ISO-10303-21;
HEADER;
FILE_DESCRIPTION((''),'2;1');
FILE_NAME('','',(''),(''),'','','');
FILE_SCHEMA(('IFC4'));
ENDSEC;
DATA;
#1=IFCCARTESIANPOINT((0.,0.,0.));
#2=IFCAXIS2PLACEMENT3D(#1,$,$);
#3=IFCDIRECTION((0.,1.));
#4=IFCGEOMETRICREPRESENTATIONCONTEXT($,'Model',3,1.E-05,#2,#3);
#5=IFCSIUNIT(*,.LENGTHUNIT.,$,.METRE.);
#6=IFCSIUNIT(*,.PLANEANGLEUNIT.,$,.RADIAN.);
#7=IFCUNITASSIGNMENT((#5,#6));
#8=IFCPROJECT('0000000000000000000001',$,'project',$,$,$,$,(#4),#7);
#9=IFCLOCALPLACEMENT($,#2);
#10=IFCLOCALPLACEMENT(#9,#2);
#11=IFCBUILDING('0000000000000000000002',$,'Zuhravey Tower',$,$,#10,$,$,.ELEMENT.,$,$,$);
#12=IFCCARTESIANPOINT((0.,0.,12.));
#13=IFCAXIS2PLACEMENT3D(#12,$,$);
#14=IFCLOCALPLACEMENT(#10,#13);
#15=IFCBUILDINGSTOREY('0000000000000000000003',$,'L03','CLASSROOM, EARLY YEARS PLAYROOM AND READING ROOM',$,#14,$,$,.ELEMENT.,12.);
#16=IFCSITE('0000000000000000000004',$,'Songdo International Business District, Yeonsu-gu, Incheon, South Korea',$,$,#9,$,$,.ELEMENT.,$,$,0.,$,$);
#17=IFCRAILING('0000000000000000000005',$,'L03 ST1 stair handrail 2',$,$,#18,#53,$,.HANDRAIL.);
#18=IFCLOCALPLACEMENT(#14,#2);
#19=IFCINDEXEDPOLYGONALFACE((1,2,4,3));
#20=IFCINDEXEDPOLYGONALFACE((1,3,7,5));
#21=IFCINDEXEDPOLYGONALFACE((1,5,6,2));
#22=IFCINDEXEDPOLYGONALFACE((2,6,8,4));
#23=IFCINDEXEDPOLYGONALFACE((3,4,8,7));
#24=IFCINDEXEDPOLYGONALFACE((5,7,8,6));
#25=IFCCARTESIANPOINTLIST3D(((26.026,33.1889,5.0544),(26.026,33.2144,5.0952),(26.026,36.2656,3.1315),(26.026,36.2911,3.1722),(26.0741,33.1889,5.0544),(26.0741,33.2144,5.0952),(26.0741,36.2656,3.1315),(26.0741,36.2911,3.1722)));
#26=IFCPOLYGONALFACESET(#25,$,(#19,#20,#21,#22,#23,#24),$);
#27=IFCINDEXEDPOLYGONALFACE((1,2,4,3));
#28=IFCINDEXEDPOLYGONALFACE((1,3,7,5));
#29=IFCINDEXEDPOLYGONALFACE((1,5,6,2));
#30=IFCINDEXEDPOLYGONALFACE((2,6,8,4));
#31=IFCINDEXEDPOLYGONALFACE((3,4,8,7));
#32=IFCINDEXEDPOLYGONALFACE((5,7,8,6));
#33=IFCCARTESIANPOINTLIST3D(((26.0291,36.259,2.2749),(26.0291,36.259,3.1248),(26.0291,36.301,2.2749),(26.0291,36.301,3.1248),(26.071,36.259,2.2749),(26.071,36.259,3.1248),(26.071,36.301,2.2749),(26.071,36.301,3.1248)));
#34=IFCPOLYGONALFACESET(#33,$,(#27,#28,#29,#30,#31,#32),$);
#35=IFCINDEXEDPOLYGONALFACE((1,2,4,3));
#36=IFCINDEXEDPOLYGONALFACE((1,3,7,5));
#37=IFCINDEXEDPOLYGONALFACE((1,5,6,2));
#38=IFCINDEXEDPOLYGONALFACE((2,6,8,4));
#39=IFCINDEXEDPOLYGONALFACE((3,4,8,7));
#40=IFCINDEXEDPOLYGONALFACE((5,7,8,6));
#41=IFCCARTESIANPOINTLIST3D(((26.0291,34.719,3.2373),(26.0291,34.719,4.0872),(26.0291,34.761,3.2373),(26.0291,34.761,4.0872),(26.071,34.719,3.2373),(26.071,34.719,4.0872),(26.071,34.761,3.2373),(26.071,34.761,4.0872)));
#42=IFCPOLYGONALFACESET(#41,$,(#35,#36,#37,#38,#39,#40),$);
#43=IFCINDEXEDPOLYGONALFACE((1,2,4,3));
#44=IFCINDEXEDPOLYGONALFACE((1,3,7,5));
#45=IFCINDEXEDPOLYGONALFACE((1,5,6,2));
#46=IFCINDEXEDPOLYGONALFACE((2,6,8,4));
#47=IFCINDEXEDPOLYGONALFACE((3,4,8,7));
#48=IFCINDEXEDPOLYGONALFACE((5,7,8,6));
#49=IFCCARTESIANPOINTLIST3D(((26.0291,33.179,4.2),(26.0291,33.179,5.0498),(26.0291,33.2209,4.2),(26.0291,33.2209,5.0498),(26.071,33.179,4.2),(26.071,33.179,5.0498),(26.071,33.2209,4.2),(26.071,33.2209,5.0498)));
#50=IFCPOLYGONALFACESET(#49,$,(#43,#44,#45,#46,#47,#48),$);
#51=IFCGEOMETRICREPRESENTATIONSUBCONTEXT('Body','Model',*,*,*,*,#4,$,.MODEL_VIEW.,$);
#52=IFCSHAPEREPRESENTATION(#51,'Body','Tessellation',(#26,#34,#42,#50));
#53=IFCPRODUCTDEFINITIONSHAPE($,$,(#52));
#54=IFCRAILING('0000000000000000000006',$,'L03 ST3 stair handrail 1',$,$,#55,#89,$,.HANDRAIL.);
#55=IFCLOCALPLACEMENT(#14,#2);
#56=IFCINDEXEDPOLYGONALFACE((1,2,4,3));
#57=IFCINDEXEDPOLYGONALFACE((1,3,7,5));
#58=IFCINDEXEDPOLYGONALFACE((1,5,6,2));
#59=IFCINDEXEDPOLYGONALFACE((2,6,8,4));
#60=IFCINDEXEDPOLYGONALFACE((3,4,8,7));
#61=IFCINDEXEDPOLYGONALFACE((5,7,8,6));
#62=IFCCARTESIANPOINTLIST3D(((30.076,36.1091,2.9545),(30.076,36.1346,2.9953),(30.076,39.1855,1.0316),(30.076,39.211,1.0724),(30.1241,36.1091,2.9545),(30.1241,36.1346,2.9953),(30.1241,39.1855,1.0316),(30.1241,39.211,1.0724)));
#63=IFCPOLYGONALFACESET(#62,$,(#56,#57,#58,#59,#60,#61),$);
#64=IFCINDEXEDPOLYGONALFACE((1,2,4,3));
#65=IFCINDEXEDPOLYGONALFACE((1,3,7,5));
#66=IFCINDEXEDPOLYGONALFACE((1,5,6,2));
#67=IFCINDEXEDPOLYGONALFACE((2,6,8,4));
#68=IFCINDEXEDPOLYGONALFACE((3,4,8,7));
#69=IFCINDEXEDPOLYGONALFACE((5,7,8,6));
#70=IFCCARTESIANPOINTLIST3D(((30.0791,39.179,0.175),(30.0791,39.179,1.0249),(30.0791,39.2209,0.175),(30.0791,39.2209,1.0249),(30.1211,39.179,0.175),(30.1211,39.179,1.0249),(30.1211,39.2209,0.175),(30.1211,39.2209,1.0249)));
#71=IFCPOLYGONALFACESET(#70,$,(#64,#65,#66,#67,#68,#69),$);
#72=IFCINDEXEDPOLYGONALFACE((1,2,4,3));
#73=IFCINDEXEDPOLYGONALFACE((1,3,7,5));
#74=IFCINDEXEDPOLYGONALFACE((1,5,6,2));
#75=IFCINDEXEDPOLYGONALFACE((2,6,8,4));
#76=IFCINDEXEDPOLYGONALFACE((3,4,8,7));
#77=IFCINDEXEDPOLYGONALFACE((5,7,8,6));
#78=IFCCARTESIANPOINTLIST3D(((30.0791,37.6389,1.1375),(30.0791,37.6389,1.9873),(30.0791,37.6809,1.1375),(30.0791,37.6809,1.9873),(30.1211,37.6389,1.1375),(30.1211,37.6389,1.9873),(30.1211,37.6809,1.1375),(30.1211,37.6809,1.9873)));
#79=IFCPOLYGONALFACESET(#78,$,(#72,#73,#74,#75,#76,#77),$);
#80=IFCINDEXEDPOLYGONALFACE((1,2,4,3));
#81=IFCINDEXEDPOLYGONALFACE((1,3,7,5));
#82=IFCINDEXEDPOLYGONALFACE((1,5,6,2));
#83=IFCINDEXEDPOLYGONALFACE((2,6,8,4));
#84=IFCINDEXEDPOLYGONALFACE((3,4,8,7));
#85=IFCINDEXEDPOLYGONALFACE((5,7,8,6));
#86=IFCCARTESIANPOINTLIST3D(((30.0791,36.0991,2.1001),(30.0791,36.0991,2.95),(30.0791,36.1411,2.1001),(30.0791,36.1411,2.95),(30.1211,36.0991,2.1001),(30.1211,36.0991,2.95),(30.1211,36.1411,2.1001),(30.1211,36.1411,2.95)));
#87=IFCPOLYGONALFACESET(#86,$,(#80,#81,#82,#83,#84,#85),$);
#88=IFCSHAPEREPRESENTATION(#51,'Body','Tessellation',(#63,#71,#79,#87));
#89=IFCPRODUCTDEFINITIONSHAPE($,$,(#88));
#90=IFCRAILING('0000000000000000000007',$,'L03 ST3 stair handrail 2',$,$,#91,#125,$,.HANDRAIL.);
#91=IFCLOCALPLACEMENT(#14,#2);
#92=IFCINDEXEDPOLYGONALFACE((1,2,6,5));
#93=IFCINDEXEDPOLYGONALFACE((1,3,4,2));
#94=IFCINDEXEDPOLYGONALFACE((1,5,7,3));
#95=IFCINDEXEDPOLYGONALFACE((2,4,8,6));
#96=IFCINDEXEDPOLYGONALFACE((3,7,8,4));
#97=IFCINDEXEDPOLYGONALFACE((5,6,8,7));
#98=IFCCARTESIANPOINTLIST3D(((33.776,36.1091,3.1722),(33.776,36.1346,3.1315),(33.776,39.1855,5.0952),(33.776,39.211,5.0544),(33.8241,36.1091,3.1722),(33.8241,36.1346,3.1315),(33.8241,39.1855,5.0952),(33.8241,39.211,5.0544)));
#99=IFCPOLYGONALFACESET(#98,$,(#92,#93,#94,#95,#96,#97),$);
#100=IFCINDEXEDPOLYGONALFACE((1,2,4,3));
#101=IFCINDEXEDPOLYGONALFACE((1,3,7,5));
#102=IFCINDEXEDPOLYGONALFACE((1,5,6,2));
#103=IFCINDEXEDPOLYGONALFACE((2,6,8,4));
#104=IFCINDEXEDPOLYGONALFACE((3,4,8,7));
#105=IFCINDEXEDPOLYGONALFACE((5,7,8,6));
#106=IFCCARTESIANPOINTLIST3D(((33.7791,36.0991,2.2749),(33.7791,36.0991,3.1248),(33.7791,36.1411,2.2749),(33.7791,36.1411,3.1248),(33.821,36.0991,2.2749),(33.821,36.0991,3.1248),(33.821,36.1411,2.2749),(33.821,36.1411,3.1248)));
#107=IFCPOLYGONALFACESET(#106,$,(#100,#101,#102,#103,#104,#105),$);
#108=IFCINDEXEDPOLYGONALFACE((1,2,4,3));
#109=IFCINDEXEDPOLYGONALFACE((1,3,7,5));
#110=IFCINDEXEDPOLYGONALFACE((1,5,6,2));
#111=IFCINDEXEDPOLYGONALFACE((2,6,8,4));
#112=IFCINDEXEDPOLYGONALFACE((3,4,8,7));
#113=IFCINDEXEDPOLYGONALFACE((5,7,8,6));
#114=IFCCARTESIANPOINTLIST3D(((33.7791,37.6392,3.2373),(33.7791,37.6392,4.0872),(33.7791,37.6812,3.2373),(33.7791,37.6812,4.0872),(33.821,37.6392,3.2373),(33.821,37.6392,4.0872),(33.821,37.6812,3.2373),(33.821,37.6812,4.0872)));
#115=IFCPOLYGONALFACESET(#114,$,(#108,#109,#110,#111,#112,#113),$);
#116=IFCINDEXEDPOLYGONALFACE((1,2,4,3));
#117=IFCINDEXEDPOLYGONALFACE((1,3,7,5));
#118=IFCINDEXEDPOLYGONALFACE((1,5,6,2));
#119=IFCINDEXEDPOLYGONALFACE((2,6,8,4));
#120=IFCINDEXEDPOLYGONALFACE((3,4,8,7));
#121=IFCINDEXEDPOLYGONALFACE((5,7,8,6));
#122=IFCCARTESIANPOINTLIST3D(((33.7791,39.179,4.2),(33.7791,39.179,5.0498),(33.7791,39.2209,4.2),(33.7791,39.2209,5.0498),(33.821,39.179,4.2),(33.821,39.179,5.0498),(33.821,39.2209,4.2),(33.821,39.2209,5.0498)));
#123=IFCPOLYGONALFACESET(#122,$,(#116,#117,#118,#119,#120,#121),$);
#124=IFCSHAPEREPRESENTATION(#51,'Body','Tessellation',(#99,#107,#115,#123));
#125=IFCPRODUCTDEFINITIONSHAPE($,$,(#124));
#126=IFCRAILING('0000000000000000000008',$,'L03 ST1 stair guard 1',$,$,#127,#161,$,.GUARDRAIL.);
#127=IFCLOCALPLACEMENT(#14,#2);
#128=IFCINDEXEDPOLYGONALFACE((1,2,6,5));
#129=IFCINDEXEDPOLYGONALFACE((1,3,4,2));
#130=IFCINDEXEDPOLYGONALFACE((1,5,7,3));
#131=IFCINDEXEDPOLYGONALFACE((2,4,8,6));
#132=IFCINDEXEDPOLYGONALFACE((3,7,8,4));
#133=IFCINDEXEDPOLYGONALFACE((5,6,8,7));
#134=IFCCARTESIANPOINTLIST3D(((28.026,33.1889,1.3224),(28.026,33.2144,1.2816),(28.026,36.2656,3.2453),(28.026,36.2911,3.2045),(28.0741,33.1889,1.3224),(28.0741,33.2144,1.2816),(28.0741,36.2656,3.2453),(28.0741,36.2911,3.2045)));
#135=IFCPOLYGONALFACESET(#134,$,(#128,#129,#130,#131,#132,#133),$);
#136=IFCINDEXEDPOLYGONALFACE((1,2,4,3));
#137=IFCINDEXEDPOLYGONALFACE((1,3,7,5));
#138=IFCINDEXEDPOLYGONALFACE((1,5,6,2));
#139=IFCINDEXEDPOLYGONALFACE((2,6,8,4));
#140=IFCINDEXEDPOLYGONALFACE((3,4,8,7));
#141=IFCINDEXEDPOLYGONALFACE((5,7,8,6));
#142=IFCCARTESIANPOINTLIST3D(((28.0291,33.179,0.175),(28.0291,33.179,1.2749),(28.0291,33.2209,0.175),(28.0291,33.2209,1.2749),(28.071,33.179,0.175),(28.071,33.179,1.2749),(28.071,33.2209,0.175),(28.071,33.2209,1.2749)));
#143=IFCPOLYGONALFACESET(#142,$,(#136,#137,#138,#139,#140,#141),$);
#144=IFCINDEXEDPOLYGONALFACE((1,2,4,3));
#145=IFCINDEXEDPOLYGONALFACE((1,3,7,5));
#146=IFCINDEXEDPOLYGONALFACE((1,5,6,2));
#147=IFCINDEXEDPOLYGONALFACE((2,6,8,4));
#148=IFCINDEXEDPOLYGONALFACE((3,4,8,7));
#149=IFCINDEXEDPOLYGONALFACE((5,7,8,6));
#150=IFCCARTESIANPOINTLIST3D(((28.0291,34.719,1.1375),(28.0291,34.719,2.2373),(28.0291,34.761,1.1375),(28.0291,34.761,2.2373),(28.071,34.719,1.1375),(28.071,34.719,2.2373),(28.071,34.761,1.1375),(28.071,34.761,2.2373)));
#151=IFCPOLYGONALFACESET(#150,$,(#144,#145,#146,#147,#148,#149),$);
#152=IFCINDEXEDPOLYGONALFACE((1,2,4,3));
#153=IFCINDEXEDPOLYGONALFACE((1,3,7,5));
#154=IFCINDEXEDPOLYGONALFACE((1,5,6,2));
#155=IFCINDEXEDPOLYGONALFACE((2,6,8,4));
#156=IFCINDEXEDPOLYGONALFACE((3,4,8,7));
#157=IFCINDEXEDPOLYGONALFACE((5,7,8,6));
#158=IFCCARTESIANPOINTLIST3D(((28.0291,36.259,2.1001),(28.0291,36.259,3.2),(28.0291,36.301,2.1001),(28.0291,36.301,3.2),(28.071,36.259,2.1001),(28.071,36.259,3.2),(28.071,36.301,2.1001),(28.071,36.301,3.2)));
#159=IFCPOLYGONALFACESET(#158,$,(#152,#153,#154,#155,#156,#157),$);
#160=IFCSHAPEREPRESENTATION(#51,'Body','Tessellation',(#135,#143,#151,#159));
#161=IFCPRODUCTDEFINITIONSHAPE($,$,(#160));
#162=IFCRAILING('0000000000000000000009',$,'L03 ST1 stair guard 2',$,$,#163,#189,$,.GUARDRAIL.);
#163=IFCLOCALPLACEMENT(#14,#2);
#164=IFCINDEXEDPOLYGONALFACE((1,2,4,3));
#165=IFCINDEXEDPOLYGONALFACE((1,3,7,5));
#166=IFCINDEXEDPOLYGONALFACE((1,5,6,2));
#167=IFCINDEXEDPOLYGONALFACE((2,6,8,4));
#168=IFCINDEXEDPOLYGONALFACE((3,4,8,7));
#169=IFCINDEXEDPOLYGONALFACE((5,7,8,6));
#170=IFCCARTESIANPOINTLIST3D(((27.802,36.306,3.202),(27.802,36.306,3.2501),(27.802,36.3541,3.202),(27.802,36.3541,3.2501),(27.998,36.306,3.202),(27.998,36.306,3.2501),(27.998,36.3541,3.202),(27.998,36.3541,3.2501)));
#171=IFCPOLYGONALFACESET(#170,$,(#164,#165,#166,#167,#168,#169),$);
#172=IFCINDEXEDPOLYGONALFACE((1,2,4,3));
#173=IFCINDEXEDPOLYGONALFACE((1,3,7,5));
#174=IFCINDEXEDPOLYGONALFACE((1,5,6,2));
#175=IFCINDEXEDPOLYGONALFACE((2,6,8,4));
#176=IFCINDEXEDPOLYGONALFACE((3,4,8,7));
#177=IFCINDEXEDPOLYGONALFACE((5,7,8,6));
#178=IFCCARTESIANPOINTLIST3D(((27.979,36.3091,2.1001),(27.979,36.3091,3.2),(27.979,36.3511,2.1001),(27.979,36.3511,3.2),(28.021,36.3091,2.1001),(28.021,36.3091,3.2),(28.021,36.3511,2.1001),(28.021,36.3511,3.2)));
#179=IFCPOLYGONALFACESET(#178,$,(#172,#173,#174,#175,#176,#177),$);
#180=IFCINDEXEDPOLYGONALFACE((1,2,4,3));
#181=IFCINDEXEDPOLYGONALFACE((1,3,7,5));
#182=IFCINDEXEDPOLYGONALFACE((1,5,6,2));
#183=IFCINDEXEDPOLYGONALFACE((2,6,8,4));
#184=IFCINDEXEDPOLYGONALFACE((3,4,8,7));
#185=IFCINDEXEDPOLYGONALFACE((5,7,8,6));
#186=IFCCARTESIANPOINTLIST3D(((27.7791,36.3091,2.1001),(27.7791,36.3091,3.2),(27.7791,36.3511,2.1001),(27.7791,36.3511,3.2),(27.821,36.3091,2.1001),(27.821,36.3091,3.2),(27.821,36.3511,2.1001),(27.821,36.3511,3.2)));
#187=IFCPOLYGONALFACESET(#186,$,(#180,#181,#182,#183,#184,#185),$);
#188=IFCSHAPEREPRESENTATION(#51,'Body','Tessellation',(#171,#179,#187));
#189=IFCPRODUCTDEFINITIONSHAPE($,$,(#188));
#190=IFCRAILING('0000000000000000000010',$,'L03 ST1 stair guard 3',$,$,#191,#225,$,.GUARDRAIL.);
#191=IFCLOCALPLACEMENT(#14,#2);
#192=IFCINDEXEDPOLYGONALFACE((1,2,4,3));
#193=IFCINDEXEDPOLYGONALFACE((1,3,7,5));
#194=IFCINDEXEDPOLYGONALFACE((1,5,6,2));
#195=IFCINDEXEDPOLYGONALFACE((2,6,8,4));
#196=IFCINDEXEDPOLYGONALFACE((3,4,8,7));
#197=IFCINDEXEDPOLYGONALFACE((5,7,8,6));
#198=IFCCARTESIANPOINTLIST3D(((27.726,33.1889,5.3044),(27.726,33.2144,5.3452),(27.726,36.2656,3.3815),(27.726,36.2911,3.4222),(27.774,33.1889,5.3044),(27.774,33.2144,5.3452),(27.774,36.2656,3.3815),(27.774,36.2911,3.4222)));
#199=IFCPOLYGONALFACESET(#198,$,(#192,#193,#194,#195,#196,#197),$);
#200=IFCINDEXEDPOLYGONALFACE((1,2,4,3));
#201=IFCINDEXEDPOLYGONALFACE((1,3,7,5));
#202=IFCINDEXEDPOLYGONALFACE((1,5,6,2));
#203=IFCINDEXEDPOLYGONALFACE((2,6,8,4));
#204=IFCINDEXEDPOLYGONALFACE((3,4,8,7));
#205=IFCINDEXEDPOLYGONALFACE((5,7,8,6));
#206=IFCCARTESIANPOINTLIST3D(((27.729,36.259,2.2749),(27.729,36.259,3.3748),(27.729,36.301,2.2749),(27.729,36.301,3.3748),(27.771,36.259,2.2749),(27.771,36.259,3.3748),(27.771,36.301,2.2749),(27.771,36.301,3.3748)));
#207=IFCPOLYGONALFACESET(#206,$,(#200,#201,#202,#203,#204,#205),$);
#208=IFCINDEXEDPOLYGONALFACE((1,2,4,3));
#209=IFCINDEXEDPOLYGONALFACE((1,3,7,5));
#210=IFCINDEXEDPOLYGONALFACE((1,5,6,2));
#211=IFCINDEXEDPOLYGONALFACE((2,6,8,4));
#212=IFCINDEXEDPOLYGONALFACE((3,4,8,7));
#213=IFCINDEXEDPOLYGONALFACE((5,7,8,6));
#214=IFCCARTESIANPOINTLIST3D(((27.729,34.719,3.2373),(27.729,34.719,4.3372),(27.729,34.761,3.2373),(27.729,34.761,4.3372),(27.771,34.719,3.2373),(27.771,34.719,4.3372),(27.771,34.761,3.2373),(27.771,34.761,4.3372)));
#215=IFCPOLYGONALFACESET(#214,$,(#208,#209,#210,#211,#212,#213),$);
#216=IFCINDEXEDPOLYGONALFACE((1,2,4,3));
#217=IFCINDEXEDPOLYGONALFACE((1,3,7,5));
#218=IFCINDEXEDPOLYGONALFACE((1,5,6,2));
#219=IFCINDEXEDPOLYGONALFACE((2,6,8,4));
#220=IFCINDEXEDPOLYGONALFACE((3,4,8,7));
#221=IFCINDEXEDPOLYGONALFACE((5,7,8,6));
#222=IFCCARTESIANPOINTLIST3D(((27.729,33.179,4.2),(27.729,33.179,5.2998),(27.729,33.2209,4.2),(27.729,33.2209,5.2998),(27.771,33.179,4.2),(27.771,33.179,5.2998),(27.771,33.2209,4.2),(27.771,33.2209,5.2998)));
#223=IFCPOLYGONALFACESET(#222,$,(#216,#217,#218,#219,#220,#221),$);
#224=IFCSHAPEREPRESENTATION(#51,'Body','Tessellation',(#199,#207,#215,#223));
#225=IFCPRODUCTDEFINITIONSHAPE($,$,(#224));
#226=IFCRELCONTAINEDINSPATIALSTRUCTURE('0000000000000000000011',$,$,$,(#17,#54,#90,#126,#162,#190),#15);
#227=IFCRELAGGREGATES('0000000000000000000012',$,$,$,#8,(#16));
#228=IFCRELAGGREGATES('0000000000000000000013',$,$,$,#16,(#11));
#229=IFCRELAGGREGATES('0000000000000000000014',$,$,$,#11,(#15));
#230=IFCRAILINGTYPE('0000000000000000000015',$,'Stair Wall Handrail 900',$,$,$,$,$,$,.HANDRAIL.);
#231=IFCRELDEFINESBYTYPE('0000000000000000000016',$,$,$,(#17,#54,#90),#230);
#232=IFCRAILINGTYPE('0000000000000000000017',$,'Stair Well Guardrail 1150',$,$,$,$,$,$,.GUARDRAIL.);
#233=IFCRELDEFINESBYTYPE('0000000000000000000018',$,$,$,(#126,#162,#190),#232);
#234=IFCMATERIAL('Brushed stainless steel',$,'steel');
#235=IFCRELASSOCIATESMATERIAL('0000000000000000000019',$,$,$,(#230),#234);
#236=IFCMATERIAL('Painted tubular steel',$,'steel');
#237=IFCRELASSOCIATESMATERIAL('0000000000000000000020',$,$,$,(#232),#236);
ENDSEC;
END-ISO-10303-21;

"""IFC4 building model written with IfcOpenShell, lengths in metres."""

from ifc_helpers import new_model, si_unit, direction, frame, origin, origin_2d, place, context, subcontext, project, spatial, rectangle, extrude, material, type_object, element, save


model = new_model("IFC4")

# Units and contexts
model_context = context("Model", 3, precision=1e-05, world=origin(), true_north=direction((0.0, 1.0)))
body_context = subcontext(model_context, "Body", "Model", "MODEL_VIEW")
ifc_project = project(units=[si_unit("LENGTHUNIT", "METRE"), si_unit("PLANEANGLEUNIT", "RADIAN")], contexts=[model_context])

# Site, building, storey
site_placement = place(None, origin())
site = spatial("IfcSite", under=ifc_project, at=site_placement, Name="Songdo International Business District, Yeonsu-gu, Incheon, South Korea", CompositionType="ELEMENT", RefElevation=0.0)
building_placement = place(site_placement, origin())
building = spatial("IfcBuilding", under=site, at=building_placement, Name="Zuhravey Tower", CompositionType="ELEMENT")
storey_placement = place(building_placement, frame((0.0, 0.0, 12.0)))
storey = spatial("IfcBuildingStorey", under=building, at=storey_placement, Name="L03", Description="CLASSROOM, EARLY YEARS PLAYROOM AND READING ROOM", CompositionType="ELEMENT", Elevation=12.0)

# Railings
ifc_material_1 = material(Name="Brushed stainless steel", Category="steel")
railing_type_1 = type_object("IfcRailingType", Name="Stair Wall Handrail 900", PredefinedType="HANDRAIL", material=ifc_material_1)
railing_1_placement = place(storey_placement, frame((26.05, 36.28, 2.2749)))
element("IfcRailing", 1, at=railing_1_placement, inside=storey, type_object=railing_type_1, Name="L03 ST1 stair handrail 2", PredefinedType="HANDRAIL", context=body_context, shape_type="SweptSolid", body=[
    extrude(rectangle(XDim=0.0481, YDim=0.0481, at=origin_2d()), frame((0.0, -0.0017, 0.877), z_axis=(0.0, -0.847998, 0.529999), x_axis=(1.0, 0.0, 0.0)), (0.0, 0.0, 1.0), 3.6282),
    extrude(rectangle(XDim=0.042, YDim=0.042, at=origin_2d()), origin(), (0.0, 0.0, 1.0), 0.8499),
    extrude(rectangle(XDim=0.042, YDim=0.042, at=origin_2d()), frame((0.0, -1.54, 0.9624)), (0.0, 0.0, 1.0), 0.8499),
    extrude(rectangle(XDim=0.042, YDim=0.042, at=origin_2d()), frame((0.0, -3.0801, 1.925)), (0.0, 0.0, 1.0), 0.8499),
])
railing_2_placement = place(storey_placement, frame((30.1001, 39.2, 0.175)))
element("IfcRailing", 2, at=railing_2_placement, inside=storey, type_object=railing_type_1, Name="L03 ST3 stair handrail 1", PredefinedType="HANDRAIL", context=body_context, shape_type="SweptSolid", body=[
    extrude(rectangle(XDim=0.0481, YDim=0.0481, at=origin_2d()), frame((0.0, -0.0017, 0.877), z_axis=(0.0, -0.847979, 0.530029), x_axis=(1.0, 0.0, 0.0)), (0.0, 0.0, 1.0), 3.6279),
    extrude(rectangle(XDim=0.042, YDim=0.042, at=origin_2d()), origin(), (0.0, 0.0, 1.0), 0.8499),
    extrude(rectangle(XDim=0.042, YDim=0.042, at=origin_2d()), frame((0.0, -1.54, 0.9624)), (0.0, 0.0, 1.0), 0.8499),
    extrude(rectangle(XDim=0.042, YDim=0.042, at=origin_2d()), frame((0.0, -3.0798, 1.925)), (0.0, 0.0, 1.0), 0.8499),
])
railing_3_placement = place(storey_placement, frame((33.8, 36.1201, 2.2749)))
element("IfcRailing", 3, at=railing_3_placement, inside=storey, type_object=railing_type_1, Name="L03 ST3 stair handrail 2", PredefinedType="HANDRAIL", context=body_context, shape_type="SweptSolid", body=[
    extrude(rectangle(XDim=0.0481, YDim=0.0481, at=origin_2d()), frame((0.0, 0.0017, 0.877), z_axis=(0.0, 0.847979, 0.530029), x_axis=(-1.0, 0.0, 0.0)), (0.0, 0.0, 1.0), 3.6279),
    extrude(rectangle(XDim=0.042, YDim=0.042, at=origin_2d()), origin(), (0.0, 0.0, 1.0), 0.8499),
    extrude(rectangle(XDim=0.042, YDim=0.042, at=origin_2d()), frame((0.0, 1.54, 0.9624)), (0.0, 0.0, 1.0), 0.8499),
    extrude(rectangle(XDim=0.042, YDim=0.042, at=origin_2d()), frame((0.0, 3.0798, 1.925)), (0.0, 0.0, 1.0), 0.8499),
])
ifc_material_2 = material(Name="Painted tubular steel", Category="steel")
railing_type_2 = type_object("IfcRailingType", Name="Stair Well Guardrail 1150", PredefinedType="GUARDRAIL", material=ifc_material_2)
railing_4_placement = place(storey_placement, frame((28.05, 33.2, 0.175)))
element("IfcRailing", 4, at=railing_4_placement, inside=storey, type_object=railing_type_2, Name="L03 ST1 stair guard 1", PredefinedType="GUARDRAIL", context=body_context, shape_type="SweptSolid", body=[
    extrude(rectangle(XDim=0.0481, YDim=0.0481, at=origin_2d()), frame((0.0, 0.0017, 1.127), z_axis=(0.0, 0.847998, 0.529999), x_axis=(-1.0, 0.0, 0.0)), (0.0, 0.0, 1.0), 3.6282),
    extrude(rectangle(XDim=0.042, YDim=0.042, at=origin_2d()), origin(), (0.0, 0.0, 1.0), 1.0999),
    extrude(rectangle(XDim=0.042, YDim=0.042, at=origin_2d()), frame((0.0, 1.54, 0.9624)), (0.0, 0.0, 1.0), 1.0999),
    extrude(rectangle(XDim=0.042, YDim=0.042, at=origin_2d()), frame((0.0, 3.0801, 1.925)), (0.0, 0.0, 1.0), 1.0999),
])
railing_5_placement = place(storey_placement, frame((28.0, 36.3301, 2.1001)))
element("IfcRailing", 5, at=railing_5_placement, inside=storey, type_object=railing_type_2, Name="L03 ST1 stair guard 2", PredefinedType="GUARDRAIL", context=body_context, shape_type="SweptSolid", body=[
    extrude(rectangle(XDim=0.0481, YDim=0.0481, at=origin_2d()), frame((-0.002, 0.0, 1.126), z_axis=(-1.0, 0.0, 0.0), x_axis=(0.0, -1.0, 0.0)), (0.0, 0.0, 1.0), 0.196),
    extrude(rectangle(XDim=0.042, YDim=0.042, at=origin_2d()), origin(), (0.0, 0.0, 1.0), 1.0999),
    extrude(rectangle(XDim=0.042, YDim=0.042, at=origin_2d()), frame((-0.2, 0.0, 0.0)), (0.0, 0.0, 1.0), 1.0999),
])
railing_6_placement = place(storey_placement, frame((27.75, 36.28, 2.2749)))
element("IfcRailing", 6, at=railing_6_placement, inside=storey, type_object=railing_type_2, Name="L03 ST1 stair guard 3", PredefinedType="GUARDRAIL", context=body_context, shape_type="SweptSolid", body=[
    extrude(rectangle(XDim=0.0481, YDim=0.0481, at=origin_2d()), frame((0.0, -0.0017, 1.127), z_axis=(0.0, -0.847998, 0.529999), x_axis=(1.0, 0.0, 0.0)), (0.0, 0.0, 1.0), 3.6282),
    extrude(rectangle(XDim=0.042, YDim=0.042, at=origin_2d()), origin(), (0.0, 0.0, 1.0), 1.0999),
    extrude(rectangle(XDim=0.042, YDim=0.042, at=origin_2d()), frame((0.0, -1.54, 0.9624)), (0.0, 0.0, 1.0), 1.0999),
    extrude(rectangle(XDim=0.042, YDim=0.042, at=origin_2d()), frame((0.0, -3.0801, 1.925)), (0.0, 0.0, 1.0), 1.0999),
])

save(model, "model.ifc")
